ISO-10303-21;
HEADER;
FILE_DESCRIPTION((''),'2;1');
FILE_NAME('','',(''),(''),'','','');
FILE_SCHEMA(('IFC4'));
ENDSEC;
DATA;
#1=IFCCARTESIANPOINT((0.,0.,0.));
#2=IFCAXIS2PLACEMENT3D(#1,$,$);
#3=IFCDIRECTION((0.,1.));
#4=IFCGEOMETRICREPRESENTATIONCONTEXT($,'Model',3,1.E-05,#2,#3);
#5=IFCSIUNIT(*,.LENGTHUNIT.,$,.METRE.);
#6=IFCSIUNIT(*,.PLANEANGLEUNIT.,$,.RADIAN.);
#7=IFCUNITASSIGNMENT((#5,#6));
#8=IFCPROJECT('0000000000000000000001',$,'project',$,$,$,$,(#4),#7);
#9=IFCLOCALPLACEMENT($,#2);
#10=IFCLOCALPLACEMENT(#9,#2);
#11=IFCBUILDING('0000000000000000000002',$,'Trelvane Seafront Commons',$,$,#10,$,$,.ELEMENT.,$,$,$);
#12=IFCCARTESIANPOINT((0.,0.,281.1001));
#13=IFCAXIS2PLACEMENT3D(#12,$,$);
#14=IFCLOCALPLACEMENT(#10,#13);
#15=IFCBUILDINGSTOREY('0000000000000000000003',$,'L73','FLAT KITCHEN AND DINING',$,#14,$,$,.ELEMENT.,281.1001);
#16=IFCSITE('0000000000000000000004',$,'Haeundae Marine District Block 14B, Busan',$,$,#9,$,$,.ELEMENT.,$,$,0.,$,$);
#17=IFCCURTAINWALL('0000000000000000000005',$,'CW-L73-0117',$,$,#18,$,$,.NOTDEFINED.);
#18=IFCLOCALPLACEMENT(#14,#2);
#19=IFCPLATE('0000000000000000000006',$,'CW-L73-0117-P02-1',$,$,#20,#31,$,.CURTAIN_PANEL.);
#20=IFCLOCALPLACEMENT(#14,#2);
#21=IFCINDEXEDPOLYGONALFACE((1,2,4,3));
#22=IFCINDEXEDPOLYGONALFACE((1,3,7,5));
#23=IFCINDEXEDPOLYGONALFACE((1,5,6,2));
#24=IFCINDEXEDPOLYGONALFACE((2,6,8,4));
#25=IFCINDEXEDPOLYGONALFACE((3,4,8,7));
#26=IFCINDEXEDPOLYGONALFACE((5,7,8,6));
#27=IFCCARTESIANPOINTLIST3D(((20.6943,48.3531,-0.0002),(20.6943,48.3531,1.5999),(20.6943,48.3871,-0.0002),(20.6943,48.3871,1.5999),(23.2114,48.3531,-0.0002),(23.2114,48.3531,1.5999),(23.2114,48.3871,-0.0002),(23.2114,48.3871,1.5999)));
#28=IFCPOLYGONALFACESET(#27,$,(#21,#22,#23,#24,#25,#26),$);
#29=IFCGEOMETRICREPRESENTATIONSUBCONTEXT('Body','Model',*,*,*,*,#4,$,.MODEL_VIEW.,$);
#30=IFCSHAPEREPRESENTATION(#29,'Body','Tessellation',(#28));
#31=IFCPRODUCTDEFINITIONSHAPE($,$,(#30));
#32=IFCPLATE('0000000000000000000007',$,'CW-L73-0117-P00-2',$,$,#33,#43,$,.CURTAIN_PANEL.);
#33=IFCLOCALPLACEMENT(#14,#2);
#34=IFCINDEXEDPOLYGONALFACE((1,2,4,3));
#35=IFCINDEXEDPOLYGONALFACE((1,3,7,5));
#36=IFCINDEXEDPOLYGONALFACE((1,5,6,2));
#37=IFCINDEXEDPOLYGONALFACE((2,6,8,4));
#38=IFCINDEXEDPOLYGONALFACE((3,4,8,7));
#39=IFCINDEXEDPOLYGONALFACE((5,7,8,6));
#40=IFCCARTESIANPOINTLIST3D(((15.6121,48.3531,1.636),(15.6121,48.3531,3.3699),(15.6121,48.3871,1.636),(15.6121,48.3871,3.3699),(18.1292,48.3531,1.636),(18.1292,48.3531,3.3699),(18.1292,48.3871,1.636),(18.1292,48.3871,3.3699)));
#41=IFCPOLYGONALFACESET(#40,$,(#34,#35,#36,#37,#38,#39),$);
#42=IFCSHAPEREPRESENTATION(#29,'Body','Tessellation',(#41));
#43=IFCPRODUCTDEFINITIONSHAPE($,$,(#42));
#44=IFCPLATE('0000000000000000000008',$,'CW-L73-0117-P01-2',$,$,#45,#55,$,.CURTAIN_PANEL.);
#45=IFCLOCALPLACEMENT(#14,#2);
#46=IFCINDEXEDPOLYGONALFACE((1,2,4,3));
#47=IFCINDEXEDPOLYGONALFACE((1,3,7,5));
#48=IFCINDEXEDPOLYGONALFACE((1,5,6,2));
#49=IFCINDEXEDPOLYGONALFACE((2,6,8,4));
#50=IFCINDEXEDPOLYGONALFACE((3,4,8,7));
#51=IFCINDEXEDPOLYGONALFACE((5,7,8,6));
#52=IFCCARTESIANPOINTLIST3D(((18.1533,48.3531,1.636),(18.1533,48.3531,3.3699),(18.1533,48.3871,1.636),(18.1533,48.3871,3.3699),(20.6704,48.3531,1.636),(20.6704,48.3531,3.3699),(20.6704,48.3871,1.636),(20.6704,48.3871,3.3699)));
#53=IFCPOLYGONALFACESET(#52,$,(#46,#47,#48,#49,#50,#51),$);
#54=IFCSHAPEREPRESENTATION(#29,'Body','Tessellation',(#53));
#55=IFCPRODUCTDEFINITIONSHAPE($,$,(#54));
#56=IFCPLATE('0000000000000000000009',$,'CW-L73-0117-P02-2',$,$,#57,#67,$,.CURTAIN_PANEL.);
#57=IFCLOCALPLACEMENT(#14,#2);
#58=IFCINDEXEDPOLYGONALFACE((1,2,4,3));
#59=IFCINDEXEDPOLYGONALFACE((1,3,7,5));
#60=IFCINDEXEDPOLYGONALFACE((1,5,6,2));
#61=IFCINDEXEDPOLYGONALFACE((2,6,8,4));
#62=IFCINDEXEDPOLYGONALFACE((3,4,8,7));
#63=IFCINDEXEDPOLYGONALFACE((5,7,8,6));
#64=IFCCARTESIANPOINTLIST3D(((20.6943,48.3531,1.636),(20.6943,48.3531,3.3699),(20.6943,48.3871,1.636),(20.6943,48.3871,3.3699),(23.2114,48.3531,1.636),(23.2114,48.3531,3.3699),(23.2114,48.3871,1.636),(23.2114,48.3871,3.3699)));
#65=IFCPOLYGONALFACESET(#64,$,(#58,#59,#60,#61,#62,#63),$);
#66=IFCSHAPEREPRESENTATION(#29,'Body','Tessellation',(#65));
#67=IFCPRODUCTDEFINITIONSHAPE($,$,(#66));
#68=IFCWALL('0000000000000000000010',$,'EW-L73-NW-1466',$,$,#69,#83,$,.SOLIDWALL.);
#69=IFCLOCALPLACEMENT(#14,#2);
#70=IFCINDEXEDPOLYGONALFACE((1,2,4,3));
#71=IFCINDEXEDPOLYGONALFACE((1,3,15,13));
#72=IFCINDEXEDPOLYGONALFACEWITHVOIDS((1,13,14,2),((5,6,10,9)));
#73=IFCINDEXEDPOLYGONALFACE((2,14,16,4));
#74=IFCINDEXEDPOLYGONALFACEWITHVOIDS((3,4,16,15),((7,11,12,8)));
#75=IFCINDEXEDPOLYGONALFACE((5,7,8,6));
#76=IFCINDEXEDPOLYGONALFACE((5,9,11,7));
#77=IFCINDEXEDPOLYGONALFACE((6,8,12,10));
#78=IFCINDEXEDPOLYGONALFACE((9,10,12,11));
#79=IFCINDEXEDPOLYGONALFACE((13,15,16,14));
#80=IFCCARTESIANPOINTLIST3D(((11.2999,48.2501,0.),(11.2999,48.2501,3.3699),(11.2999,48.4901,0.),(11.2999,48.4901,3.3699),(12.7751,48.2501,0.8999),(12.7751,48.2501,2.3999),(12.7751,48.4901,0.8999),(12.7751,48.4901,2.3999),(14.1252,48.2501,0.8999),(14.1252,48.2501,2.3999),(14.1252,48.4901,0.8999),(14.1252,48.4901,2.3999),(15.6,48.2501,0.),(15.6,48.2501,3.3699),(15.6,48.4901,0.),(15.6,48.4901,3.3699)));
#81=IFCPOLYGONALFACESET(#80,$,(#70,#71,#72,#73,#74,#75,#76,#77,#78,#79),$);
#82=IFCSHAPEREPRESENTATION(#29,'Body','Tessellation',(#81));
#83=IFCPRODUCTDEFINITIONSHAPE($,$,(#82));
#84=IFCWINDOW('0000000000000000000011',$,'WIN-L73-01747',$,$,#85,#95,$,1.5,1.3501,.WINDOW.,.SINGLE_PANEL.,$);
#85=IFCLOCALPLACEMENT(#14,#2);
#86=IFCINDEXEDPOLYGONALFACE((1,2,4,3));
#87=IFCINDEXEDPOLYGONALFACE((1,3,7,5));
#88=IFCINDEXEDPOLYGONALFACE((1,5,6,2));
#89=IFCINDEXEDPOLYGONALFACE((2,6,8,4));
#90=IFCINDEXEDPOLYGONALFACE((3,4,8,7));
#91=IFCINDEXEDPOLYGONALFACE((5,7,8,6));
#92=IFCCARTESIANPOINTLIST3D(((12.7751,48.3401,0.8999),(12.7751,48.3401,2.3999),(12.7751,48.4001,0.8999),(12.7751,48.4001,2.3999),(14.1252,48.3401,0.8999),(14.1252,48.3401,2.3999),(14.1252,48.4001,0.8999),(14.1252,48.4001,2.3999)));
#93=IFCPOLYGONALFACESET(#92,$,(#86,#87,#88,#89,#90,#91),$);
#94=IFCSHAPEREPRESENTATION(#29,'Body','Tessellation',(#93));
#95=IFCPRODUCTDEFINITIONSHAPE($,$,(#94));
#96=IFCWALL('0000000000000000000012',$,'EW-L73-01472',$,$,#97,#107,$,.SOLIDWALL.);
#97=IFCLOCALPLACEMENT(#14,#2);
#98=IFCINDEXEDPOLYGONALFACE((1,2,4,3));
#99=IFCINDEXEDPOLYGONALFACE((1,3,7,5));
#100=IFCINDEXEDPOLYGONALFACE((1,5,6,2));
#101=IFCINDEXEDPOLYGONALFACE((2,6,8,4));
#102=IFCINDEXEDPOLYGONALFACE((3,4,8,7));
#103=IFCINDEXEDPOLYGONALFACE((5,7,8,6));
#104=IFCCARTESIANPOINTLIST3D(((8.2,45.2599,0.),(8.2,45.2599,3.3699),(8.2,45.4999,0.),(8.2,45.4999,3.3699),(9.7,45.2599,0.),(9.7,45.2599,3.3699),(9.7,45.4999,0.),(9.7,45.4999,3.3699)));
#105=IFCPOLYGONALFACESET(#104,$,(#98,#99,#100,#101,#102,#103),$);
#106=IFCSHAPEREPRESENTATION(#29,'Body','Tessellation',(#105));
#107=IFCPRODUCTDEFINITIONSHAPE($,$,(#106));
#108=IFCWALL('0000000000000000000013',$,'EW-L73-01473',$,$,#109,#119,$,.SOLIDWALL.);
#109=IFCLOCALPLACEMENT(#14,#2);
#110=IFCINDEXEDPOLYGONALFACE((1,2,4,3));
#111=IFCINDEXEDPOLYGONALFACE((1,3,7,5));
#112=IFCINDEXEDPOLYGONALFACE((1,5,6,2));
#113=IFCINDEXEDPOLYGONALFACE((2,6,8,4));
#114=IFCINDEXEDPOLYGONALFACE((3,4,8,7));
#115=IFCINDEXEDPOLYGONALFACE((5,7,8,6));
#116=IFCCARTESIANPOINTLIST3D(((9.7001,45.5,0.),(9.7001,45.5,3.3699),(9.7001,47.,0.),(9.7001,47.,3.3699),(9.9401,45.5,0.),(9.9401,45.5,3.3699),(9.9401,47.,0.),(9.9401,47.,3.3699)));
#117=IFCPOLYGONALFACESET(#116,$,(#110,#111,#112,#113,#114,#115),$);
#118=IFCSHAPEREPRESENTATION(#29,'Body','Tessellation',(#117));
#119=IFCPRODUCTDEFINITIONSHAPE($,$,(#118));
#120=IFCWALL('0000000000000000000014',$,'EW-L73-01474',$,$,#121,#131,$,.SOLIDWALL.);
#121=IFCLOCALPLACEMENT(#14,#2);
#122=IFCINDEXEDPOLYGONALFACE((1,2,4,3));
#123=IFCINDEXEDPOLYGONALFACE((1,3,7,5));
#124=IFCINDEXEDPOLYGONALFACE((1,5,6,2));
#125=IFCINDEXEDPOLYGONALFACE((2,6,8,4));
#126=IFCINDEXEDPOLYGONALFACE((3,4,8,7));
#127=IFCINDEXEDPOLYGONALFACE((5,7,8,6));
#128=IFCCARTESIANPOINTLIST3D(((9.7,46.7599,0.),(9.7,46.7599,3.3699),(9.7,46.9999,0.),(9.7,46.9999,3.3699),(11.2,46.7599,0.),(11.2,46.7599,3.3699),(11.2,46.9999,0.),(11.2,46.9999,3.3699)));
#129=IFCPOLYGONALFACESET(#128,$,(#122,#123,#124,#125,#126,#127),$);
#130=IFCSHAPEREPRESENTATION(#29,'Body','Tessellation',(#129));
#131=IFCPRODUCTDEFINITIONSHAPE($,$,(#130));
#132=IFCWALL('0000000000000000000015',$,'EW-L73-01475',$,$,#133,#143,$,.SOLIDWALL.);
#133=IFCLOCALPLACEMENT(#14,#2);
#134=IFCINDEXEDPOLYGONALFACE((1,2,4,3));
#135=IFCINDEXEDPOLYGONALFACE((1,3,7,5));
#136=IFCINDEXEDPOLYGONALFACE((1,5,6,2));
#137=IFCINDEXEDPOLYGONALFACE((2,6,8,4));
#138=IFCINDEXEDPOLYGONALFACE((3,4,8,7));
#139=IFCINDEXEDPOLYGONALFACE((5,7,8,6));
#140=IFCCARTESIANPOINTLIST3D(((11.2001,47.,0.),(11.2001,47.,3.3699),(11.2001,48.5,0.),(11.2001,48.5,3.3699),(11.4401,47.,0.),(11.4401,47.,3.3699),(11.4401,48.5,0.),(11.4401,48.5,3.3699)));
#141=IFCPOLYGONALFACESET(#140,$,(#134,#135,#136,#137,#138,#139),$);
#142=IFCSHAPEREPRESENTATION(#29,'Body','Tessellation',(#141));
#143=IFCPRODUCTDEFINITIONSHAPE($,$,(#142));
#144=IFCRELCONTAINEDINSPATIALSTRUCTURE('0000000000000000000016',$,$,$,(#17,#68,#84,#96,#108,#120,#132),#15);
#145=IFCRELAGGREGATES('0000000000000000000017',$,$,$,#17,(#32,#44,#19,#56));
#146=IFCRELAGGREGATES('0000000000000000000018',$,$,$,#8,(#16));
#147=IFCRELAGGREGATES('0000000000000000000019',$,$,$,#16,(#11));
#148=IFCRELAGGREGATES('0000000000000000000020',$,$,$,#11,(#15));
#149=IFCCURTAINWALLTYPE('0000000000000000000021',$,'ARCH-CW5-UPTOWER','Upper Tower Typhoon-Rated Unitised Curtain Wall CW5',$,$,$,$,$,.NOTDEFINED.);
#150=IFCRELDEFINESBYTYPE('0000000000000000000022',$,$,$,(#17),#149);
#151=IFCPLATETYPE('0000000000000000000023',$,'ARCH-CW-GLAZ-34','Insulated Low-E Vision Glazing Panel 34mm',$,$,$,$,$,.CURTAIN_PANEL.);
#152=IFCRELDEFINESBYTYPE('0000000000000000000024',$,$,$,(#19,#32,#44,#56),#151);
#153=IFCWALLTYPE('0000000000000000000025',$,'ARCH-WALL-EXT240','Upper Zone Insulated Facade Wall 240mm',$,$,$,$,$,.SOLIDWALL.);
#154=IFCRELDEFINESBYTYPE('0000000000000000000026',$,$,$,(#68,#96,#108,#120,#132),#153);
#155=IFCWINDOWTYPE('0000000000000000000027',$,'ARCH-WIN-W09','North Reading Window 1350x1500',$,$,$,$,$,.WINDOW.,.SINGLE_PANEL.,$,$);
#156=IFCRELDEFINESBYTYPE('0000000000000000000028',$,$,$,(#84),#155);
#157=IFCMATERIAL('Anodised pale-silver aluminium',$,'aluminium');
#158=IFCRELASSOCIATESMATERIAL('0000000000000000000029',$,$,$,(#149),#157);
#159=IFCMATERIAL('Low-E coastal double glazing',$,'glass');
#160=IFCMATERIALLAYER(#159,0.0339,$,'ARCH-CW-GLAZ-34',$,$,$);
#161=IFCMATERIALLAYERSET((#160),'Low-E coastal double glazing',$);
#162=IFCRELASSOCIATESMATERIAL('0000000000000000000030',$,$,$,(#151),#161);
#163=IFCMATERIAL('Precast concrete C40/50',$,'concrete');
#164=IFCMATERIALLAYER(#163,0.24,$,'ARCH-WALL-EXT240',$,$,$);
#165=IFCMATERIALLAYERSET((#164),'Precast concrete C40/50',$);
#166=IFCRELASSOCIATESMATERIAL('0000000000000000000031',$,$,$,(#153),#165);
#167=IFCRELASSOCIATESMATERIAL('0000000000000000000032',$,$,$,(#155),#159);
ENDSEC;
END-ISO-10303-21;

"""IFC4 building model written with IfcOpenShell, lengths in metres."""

from ifc_helpers import new_model, si_unit, direction, frame, frame_2d, origin, origin_2d, place, context, subcontext, project, spatial, rectangle, extrude, source, transform, mapped, material, layer, layer_set, type_object, element, fill, aggregate, save


model = new_model("IFC4")

# Units and contexts
model_context = context("Model", 3, precision=1e-05, world=origin(), true_north=direction((0.0, 1.0)))
body_context = subcontext(model_context, "Body", "Model", "MODEL_VIEW")
ifc_project = project(units=[si_unit("LENGTHUNIT", "METRE"), si_unit("PLANEANGLEUNIT", "RADIAN")], contexts=[model_context])

# Site, building, storey
site_placement = place(None, origin())
site = spatial("IfcSite", under=ifc_project, at=site_placement, Name="Haeundae Marine District Block 14B, Busan", CompositionType="ELEMENT", RefElevation=0.0)
building_placement = place(site_placement, origin())
building = spatial("IfcBuilding", under=site, at=building_placement, Name="Trelvane Seafront Commons", CompositionType="ELEMENT")
storey_placement = place(building_placement, frame((0.0, 0.0, 281.1001)))
storey = spatial("IfcBuildingStorey", under=building, at=storey_placement, Name="L73", Description="FLAT KITCHEN AND DINING", CompositionType="ELEMENT", Elevation=281.1001)

# Curtain wall
ifc_material_1 = material(Name="Anodised pale-silver aluminium", Category="aluminium")
curtain_wall_type = type_object("IfcCurtainWallType", Name="ARCH-CW5-UPTOWER", Description="Upper Tower Typhoon-Rated Unitised Curtain Wall CW5", PredefinedType="NOTDEFINED", material=ifc_material_1)
curtain_wall_placement = place(storey_placement, origin())
curtain_wall = element("IfcCurtainWall", 1, at=curtain_wall_placement, inside=storey, type_object=curtain_wall_type, Name="CW-L73-0117", PredefinedType="NOTDEFINED")

# Plates
ifc_material_2 = material(Name="Low-E coastal double glazing", Category="glass")
ifc_layer_1 = layer(ifc_material_2, 0.0339, Name="ARCH-CW-GLAZ-34")
ifc_layer_set_1 = layer_set([ifc_layer_1], Name="Low-E coastal double glazing")
plate_type_1 = type_object("IfcPlateType", Name="ARCH-CW-GLAZ-34", Description="Insulated Low-E Vision Glazing Panel 34mm", PredefinedType="CURTAIN_PANEL", material=ifc_layer_set_1)
shared_shape_1 = source(origin(), body_context, "Body", "SweptSolid", [
    extrude(rectangle(XDim=2.5171, YDim=0.0339, at=origin_2d()), origin(), (0.0, 0.0, 1.0), 1.6001),
])
plate_1_placement = place(storey_placement, frame((21.9529, 48.3701, -0.0002), z_axis=(0.0, 0.0, 1.0), x_axis=(1.0, 0.0, 0.0)))
plate_1 = element("IfcPlate", 2, at=plate_1_placement, type_object=plate_type_1, Name="CW-L73-0117-P02-1", PredefinedType="CURTAIN_PANEL", context=body_context, shape_type="MappedRepresentation", body=[
    mapped(shared_shape_1, transform((0.0, 0.0, 0.0), x_axis=(1.0, 0.0, 0.0), y_axis=(0.0, 1.0, 0.0), z_axis=(0.0, 0.0, 1.0), scale=1.0)),
])
shared_shape_2 = source(origin(), body_context, "Body", "SweptSolid", [
    extrude(rectangle(XDim=2.5171, YDim=0.0339, at=origin_2d()), origin(), (0.0, 0.0, 1.0), 1.7339),
])
plate_2_placement = place(storey_placement, frame((16.8706, 48.3701, 1.636), z_axis=(0.0, 0.0, 1.0), x_axis=(1.0, 0.0, 0.0)))
plate_2 = element("IfcPlate", 3, at=plate_2_placement, type_object=plate_type_1, Name="CW-L73-0117-P00-2", PredefinedType="CURTAIN_PANEL", context=body_context, shape_type="MappedRepresentation", body=[
    mapped(shared_shape_2, transform((0.0, 0.0, 0.0), x_axis=(1.0, 0.0, 0.0), y_axis=(0.0, 1.0, 0.0), z_axis=(0.0, 0.0, 1.0), scale=1.0)),
])
plate_3_placement = place(storey_placement, frame((19.4119, 48.3701, 1.636), z_axis=(0.0, 0.0, 1.0), x_axis=(1.0, 0.0, 0.0)))
plate_3 = element("IfcPlate", 4, at=plate_3_placement, type_object=plate_type_1, Name="CW-L73-0117-P01-2", PredefinedType="CURTAIN_PANEL", context=body_context, shape_type="MappedRepresentation", body=[
    mapped(shared_shape_2, transform((0.0, 0.0, 0.0), x_axis=(1.0, 0.0, 0.0), y_axis=(0.0, 1.0, 0.0), z_axis=(0.0, 0.0, 1.0), scale=1.0)),
])
plate_4_placement = place(storey_placement, frame((21.9529, 48.3701, 1.636), z_axis=(0.0, 0.0, 1.0), x_axis=(1.0, 0.0, 0.0)))
plate_4 = element("IfcPlate", 5, at=plate_4_placement, type_object=plate_type_1, Name="CW-L73-0117-P02-2", PredefinedType="CURTAIN_PANEL", context=body_context, shape_type="MappedRepresentation", body=[
    mapped(shared_shape_2, transform((0.0, 0.0, 0.0), x_axis=(1.0, 0.0, 0.0), y_axis=(0.0, 1.0, 0.0), z_axis=(0.0, 0.0, 1.0), scale=1.0)),
])
aggregate(curtain_wall, [plate_2, plate_3, plate_1, plate_4])

# Wall, opening, window
ifc_material_3 = material(Name="Precast concrete C40/50", Category="concrete")
ifc_layer_2 = layer(ifc_material_3, 0.24, Name="ARCH-WALL-EXT240")
ifc_layer_set_2 = layer_set([ifc_layer_2], Name="Precast concrete C40/50")
wall_type = type_object("IfcWallType", Name="ARCH-WALL-EXT240", Description="Upper Zone Insulated Facade Wall 240mm", PredefinedType="SOLIDWALL", material=ifc_layer_set_2)
wall_placement = place(storey_placement, frame((11.3, 48.3701, 0.0), z_axis=(0.0, 0.0, 1.0), x_axis=(1.0, 0.0, 0.0)))
wall = element("IfcWall", 6, at=wall_placement, inside=storey, type_object=wall_type, Name="EW-L73-NW-1466", PredefinedType="SOLIDWALL", context=body_context, shape_type="SweptSolid", body=[
    extrude(rectangle(XDim=4.3, YDim=0.24, at=frame_2d((2.1499, 0.0))), origin(), (0.0, 0.0, 1.0), 3.3699),
])
opening_placement = place(wall_placement, frame((1.4751, 0.0, 0.8999)))
opening = element("IfcOpeningElement", 7, at=opening_placement, cuts=wall, PredefinedType="OPENING", context=body_context, shape_type="SweptSolid", body=[
    extrude(rectangle(XDim=1.3501, YDim=1.5, at=frame_2d((0.675, 0.75))), frame((0.0, 0.1299, 0.0), z_axis=(0.0, -1.0, 0.0), x_axis=(1.0, 0.0, 0.0)), (0.0, 0.0, 1.0), 0.26),
])
window_type = type_object("IfcWindowType", Name="ARCH-WIN-W09", Description="North Reading Window 1350x1500", PartitioningType="SINGLE_PANEL", PredefinedType="WINDOW", material=ifc_material_2)
shared_shape_3 = source(origin(), body_context, "Body", "SweptSolid", [
    extrude(rectangle(XDim=1.3501, YDim=1.5, at=frame_2d((0.675, 0.75))), frame((0.0, 0.03, 0.0), z_axis=(0.0, -1.0, 0.0), x_axis=(1.0, 0.0, 0.0)), (0.0, 0.0, 1.0), 0.0601),
])
window_placement = place(opening_placement, origin())
window = element("IfcWindow", 8, at=window_placement, inside=storey, type_object=window_type, Name="WIN-L73-01747", OverallHeight=1.5, OverallWidth=1.3501, PartitioningType="SINGLE_PANEL", PredefinedType="WINDOW", context=body_context, shape_type="MappedRepresentation", body=[
    mapped(shared_shape_3, transform((0.0, 0.0, 0.0), x_axis=(1.0, 0.0, 0.0), y_axis=(0.0, 1.0, 0.0), z_axis=(0.0, 0.0, 1.0), scale=1.0)),
])
fill(opening, window)

# Walls
for number, where, z_axis, x_axis, name in (
    (9, (8.2, 45.3799, 0.0), (0.0, 0.0, 1.0), (1.0, 0.0, 0.0), "EW-L73-01472"),
    (10, (9.8201, 45.5, 0.0), (0.0, 0.0, 1.0), (0.0, 1.0, 0.0), "EW-L73-01473"),
    (11, (9.7, 46.8799, 0.0), (0.0, 0.0, 1.0), (1.0, 0.0, 0.0), "EW-L73-01474"),
    (12, (11.3201, 47.0, 0.0), (0.0, 0.0, 1.0), (0.0, 1.0, 0.0), "EW-L73-01475"),
):
    element("IfcWall", number, at=place(storey_placement, frame(where, z_axis=z_axis, x_axis=x_axis)), inside=storey, type_object=wall_type, Name=name, PredefinedType="SOLIDWALL", context=body_context, shape_type="SweptSolid", body=[
        extrude(rectangle(XDim=1.5, YDim=0.24, at=frame_2d((0.75, 0.0))), origin(), (0.0, 0.0, 1.0), 3.3699),
    ])

save(model, "model.ifc")
